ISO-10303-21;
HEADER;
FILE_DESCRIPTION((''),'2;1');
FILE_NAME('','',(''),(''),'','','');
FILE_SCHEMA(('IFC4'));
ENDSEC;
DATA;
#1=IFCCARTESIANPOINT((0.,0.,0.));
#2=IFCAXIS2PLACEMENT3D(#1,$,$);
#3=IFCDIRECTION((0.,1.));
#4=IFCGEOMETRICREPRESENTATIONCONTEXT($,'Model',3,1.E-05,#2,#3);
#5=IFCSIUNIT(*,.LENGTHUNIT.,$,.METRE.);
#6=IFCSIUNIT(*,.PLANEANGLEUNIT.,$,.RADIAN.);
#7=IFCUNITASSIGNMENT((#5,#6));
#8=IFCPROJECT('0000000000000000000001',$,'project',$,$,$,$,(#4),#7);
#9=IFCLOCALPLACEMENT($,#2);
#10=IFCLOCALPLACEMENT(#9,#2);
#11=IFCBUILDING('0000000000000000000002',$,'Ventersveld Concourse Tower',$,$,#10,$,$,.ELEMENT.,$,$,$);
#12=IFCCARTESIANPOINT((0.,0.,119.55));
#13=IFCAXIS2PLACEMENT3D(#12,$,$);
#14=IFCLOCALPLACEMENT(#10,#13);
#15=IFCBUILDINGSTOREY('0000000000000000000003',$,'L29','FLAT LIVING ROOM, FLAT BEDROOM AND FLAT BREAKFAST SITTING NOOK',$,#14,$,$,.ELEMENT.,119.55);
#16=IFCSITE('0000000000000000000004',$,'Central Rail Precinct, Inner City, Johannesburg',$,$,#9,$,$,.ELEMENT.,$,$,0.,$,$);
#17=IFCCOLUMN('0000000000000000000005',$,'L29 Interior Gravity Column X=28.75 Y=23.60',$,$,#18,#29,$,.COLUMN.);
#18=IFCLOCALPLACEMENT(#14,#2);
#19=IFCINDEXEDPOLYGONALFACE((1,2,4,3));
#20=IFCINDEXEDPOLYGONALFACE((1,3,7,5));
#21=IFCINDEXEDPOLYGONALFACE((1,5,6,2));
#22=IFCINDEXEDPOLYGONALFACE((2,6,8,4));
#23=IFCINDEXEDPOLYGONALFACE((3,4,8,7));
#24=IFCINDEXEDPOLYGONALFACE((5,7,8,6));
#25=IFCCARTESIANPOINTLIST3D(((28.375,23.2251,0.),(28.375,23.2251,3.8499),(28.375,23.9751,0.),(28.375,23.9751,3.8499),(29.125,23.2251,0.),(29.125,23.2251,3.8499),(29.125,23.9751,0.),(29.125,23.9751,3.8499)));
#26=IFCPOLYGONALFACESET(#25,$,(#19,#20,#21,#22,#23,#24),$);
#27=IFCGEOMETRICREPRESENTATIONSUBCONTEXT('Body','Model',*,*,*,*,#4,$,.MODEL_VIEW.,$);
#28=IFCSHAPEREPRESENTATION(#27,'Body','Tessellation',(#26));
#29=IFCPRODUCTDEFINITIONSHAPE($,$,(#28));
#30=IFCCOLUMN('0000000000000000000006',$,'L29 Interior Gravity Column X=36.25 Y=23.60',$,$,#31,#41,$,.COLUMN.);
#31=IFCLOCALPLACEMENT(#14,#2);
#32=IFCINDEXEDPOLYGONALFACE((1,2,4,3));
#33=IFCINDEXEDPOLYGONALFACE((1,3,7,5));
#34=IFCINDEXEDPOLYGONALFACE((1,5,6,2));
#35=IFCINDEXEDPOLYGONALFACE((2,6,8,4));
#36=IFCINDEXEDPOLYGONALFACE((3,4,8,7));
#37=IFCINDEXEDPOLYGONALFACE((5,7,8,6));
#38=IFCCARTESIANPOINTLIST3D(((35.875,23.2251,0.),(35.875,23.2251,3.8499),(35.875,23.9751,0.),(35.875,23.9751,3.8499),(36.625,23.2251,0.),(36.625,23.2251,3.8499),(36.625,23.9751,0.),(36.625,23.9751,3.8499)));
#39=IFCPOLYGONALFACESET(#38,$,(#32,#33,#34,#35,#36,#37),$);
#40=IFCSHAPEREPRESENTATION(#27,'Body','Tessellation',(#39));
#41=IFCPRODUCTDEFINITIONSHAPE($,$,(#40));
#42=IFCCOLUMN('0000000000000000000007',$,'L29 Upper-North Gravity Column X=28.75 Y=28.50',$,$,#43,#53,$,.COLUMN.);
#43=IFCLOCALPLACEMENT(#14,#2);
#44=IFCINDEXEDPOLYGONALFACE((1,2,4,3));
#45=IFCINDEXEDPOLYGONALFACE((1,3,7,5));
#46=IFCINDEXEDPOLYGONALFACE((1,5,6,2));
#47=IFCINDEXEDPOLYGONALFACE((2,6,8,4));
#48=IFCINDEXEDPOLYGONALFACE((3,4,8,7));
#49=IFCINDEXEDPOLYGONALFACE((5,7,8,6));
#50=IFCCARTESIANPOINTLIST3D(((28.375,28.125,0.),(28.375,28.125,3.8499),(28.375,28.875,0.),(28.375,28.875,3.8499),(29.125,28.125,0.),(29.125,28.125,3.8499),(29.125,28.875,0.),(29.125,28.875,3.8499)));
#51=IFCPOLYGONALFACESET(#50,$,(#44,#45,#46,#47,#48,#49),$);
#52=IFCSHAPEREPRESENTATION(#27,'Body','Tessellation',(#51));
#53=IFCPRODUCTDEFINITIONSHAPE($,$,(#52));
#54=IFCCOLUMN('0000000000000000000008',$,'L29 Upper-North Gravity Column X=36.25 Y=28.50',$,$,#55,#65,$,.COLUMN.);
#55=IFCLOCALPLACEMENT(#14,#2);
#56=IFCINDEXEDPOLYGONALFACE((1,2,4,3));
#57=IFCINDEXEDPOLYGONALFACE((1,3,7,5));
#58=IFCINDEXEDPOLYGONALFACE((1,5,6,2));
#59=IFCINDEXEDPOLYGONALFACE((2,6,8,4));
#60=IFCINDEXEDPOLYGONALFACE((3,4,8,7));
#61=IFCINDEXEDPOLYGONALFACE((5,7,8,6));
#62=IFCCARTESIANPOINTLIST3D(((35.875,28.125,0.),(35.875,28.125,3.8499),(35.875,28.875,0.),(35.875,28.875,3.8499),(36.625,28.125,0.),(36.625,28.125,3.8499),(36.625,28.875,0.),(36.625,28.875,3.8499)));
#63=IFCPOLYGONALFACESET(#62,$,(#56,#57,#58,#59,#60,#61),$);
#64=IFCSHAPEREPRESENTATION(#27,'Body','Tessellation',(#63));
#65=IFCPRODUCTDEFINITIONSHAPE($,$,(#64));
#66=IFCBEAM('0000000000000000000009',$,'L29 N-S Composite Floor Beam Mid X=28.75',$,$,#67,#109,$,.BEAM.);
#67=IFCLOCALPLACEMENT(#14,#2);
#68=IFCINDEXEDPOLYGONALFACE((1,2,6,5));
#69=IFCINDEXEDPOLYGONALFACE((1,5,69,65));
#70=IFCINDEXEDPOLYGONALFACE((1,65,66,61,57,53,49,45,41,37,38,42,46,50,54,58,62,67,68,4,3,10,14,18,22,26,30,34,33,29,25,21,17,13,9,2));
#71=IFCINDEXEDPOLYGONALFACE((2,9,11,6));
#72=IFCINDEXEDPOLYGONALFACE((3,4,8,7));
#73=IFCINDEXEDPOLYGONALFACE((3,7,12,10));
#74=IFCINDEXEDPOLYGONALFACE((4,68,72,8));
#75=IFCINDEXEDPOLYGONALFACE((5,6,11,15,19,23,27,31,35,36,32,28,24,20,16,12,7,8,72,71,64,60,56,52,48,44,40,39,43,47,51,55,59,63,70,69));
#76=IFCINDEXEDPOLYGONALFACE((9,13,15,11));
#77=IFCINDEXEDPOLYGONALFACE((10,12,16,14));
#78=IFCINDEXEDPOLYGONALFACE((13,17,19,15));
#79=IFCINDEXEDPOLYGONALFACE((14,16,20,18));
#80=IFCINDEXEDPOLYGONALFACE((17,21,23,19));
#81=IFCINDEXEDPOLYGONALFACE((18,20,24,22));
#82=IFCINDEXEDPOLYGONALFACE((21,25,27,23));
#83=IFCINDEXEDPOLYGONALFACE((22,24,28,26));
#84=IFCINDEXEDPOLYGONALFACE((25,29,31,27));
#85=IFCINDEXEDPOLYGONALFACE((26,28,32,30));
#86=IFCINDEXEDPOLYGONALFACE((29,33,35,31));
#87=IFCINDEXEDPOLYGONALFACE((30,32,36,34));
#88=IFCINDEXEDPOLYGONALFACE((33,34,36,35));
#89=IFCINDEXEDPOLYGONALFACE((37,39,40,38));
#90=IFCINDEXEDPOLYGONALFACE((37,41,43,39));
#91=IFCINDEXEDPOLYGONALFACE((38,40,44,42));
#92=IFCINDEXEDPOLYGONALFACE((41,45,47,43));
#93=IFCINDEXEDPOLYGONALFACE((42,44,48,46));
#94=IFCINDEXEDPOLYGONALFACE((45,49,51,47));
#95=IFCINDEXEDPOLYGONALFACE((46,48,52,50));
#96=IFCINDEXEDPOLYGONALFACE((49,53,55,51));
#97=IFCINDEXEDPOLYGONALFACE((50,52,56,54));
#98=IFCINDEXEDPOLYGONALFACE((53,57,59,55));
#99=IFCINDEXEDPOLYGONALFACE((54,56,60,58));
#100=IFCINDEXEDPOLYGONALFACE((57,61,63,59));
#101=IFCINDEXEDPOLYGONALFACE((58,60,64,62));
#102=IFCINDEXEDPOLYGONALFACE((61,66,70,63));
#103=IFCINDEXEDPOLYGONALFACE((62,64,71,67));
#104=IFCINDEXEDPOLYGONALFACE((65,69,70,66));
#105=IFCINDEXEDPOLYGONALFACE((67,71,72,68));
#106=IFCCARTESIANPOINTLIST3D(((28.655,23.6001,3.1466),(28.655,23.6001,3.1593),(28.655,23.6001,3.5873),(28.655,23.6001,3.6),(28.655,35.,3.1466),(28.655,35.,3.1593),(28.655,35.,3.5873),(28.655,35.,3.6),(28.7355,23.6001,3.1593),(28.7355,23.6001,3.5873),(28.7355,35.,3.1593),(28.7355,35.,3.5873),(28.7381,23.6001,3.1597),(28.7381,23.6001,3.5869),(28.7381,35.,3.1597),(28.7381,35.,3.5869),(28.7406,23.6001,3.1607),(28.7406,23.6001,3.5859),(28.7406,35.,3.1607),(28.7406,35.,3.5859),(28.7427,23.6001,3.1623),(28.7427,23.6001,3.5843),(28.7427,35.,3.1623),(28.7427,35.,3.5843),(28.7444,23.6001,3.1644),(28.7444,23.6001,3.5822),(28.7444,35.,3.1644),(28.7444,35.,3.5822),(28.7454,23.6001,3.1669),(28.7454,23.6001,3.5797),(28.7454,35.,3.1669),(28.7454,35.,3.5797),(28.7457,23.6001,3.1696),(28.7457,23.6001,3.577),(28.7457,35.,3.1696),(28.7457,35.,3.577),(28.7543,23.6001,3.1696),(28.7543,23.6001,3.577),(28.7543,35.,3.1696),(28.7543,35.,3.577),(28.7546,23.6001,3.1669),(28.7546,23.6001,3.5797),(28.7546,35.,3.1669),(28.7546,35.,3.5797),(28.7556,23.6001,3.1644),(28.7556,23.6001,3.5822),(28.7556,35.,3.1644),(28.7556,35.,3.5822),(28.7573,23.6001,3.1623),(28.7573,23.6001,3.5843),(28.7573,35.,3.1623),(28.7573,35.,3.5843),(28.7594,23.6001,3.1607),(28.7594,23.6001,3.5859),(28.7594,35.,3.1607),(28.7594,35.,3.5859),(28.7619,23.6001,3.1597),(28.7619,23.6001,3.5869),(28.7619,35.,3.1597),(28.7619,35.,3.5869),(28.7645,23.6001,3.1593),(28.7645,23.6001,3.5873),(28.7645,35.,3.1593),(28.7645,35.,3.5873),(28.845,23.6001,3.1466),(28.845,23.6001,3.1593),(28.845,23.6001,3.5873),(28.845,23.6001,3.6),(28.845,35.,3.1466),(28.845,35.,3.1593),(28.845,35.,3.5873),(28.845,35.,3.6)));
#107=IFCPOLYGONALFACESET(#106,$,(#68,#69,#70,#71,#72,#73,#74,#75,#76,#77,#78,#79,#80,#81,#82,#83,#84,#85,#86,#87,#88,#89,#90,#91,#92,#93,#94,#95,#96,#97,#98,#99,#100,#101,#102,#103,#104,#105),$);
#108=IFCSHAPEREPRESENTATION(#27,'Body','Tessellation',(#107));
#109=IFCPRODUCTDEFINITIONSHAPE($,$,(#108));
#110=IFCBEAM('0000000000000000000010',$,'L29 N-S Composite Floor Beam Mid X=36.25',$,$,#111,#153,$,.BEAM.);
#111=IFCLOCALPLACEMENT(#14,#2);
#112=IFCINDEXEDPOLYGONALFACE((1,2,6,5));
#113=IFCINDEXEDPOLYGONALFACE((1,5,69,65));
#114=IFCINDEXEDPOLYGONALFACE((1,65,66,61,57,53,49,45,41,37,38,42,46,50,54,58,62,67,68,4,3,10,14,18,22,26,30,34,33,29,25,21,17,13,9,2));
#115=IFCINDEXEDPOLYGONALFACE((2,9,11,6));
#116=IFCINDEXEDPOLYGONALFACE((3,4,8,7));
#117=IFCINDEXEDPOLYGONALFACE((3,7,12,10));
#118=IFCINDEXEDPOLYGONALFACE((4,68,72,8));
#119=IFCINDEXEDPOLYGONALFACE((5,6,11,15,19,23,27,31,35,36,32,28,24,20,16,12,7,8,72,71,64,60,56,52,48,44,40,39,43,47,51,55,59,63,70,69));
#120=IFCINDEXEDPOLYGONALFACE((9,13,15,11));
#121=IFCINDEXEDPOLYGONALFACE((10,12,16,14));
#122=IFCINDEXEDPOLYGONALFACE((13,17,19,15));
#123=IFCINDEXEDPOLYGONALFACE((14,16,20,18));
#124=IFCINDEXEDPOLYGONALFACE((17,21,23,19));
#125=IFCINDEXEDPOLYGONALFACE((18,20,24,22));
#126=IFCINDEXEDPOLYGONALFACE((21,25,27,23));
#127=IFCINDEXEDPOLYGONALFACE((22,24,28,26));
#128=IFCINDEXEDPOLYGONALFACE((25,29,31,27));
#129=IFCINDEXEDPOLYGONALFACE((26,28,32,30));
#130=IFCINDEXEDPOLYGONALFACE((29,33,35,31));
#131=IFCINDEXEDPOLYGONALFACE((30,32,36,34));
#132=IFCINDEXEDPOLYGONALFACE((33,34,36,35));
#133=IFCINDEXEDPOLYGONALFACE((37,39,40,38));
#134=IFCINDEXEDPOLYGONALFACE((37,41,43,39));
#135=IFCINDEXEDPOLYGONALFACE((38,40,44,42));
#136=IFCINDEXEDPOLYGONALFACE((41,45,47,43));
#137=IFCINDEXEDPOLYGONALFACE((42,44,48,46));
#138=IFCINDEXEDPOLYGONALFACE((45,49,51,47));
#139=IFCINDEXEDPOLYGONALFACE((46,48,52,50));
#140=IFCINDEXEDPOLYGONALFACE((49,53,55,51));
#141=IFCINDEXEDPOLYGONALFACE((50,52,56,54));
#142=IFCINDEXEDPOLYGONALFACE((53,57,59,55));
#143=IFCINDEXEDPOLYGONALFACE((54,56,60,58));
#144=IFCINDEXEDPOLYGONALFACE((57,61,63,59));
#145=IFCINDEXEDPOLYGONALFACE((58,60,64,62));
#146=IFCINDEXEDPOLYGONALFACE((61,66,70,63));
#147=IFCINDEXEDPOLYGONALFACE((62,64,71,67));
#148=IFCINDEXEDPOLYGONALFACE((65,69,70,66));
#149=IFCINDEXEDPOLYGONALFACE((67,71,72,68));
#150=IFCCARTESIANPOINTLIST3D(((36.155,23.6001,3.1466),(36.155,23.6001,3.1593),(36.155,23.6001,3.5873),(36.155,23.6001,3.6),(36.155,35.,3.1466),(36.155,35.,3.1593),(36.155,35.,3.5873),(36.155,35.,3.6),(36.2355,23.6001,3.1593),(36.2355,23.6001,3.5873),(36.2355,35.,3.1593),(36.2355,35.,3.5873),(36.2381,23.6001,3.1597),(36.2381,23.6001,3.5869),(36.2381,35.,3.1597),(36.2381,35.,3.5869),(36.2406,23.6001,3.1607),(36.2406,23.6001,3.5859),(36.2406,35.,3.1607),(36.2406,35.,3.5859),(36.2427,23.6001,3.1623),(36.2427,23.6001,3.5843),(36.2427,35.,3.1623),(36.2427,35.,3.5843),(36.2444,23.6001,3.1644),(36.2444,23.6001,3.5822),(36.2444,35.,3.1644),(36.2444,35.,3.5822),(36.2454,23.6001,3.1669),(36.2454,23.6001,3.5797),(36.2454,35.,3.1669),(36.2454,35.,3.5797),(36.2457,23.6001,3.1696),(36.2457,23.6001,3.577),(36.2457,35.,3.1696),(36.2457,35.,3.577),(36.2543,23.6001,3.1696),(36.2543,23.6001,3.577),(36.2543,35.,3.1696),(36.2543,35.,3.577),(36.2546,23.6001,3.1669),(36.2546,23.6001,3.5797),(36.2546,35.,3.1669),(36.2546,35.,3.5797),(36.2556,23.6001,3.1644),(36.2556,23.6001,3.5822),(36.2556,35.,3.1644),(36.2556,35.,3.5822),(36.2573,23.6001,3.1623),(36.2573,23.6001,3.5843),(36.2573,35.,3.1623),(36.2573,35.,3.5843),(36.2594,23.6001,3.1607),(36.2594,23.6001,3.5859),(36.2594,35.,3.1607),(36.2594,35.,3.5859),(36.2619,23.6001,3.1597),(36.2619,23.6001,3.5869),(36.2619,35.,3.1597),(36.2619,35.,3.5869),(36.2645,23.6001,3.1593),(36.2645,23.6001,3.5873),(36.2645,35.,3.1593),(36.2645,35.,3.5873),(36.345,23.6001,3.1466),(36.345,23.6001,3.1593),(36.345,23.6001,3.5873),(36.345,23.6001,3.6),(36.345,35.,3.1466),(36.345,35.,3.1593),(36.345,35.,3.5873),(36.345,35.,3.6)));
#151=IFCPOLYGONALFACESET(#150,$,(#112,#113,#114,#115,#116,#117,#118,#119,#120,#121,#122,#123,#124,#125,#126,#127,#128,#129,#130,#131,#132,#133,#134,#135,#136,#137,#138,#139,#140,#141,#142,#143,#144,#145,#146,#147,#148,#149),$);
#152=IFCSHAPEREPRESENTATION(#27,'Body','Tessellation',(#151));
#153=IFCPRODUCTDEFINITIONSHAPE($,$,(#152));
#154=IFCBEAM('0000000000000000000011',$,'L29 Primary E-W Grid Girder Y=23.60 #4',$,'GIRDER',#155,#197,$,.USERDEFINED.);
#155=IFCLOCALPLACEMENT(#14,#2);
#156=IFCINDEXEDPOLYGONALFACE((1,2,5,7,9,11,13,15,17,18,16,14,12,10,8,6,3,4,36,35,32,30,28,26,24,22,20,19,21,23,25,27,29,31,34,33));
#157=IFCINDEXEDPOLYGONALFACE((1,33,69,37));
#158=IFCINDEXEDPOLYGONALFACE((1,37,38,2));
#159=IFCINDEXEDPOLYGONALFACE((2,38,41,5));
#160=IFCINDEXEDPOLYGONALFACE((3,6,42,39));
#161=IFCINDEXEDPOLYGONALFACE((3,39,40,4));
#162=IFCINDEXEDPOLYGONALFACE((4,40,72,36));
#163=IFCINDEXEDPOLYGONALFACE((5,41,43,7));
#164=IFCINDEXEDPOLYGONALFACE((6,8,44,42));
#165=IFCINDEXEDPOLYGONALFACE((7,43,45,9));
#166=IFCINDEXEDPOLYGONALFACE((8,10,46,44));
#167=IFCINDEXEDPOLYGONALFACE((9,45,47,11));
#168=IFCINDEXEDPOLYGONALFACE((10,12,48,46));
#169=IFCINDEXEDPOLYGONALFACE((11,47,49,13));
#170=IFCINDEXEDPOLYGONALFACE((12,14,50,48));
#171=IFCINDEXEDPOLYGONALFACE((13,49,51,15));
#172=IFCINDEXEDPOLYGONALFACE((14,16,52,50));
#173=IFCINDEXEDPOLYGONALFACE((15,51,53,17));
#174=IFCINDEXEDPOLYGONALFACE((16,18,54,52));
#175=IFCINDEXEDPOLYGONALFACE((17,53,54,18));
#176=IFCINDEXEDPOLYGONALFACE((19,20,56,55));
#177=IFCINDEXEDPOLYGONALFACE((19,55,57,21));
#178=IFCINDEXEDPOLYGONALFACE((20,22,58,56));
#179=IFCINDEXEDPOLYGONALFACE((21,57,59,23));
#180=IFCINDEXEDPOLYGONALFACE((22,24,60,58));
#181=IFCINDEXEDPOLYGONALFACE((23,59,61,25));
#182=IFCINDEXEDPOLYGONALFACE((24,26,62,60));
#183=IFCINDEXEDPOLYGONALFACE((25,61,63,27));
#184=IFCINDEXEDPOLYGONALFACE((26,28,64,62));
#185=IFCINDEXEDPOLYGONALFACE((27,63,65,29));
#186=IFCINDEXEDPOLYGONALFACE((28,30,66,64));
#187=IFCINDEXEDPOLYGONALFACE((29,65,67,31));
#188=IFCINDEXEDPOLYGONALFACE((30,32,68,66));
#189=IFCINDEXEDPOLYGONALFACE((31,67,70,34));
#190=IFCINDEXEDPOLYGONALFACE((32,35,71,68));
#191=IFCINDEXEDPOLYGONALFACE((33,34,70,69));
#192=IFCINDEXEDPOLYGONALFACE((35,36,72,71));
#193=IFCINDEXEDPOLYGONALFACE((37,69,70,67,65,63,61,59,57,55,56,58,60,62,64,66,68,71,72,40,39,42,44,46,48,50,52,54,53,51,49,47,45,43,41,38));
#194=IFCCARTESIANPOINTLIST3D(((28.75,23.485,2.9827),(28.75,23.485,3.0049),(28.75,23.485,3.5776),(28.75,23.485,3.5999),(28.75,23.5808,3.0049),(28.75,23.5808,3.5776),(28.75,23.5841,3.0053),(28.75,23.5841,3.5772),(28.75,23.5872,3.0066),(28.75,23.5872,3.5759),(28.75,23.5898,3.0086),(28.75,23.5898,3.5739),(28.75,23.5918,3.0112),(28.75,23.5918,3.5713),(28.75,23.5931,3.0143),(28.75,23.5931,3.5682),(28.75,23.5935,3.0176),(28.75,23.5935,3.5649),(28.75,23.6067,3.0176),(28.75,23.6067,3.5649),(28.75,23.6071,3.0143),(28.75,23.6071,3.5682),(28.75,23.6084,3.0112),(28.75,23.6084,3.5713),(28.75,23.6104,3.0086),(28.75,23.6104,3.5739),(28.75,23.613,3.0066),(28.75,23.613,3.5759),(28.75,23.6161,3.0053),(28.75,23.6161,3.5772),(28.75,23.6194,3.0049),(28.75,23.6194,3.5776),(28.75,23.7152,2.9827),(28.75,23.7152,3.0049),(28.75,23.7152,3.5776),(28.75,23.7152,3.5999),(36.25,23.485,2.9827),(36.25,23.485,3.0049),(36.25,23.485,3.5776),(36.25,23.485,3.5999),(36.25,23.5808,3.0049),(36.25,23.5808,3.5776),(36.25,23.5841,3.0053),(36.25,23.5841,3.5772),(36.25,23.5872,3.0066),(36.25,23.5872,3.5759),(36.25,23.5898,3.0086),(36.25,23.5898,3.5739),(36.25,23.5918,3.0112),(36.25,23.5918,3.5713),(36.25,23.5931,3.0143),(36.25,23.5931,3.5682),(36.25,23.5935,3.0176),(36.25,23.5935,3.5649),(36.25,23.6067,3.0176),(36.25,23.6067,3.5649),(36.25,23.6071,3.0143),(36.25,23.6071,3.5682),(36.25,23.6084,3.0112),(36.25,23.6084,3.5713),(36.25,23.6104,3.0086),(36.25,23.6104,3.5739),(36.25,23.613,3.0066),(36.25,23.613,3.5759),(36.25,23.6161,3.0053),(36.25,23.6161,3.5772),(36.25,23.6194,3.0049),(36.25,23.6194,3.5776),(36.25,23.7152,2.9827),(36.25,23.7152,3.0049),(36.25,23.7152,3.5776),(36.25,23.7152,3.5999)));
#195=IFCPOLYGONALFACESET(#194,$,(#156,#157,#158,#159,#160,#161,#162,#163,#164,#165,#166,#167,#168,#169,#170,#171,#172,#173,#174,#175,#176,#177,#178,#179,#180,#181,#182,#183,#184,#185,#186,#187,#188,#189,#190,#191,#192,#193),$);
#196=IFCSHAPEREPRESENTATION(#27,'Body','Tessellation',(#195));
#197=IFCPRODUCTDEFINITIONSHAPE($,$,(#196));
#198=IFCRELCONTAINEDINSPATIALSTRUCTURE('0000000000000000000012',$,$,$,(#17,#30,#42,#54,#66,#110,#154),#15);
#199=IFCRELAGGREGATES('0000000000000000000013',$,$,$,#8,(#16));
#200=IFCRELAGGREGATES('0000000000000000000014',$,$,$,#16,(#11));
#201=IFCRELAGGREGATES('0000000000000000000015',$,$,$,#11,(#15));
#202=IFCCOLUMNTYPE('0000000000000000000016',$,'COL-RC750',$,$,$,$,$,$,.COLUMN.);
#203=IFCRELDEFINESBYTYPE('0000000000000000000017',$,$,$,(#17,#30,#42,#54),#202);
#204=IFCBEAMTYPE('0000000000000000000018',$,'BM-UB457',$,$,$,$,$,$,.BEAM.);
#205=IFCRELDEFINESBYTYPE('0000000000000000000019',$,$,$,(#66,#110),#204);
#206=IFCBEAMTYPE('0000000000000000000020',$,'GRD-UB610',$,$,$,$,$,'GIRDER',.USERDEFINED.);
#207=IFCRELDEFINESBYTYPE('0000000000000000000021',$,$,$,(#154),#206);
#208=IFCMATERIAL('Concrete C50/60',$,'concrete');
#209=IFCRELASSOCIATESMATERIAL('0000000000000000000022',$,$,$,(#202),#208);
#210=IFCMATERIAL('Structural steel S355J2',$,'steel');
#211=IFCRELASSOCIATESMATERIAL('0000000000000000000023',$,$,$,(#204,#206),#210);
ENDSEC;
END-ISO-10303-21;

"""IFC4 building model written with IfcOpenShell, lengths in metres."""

from ifc_helpers import new_model, si_unit, direction, frame, origin, origin_2d, place, context, subcontext, project, spatial, rectangle, i_section, extrude, material, material_profile, profile_set, type_object, element, save


model = new_model("IFC4")

# Units and contexts
model_context = context("Model", 3, precision=1e-05, world=origin(), true_north=direction((0.0, 1.0)))
body_context = subcontext(model_context, "Body", "Model", "MODEL_VIEW")
ifc_project = project(units=[si_unit("LENGTHUNIT", "METRE"), si_unit("PLANEANGLEUNIT", "RADIAN")], contexts=[model_context])

# Site, building, storey
site_placement = place(None, origin())
site = spatial("IfcSite", under=ifc_project, at=site_placement, Name="Central Rail Precinct, Inner City, Johannesburg", CompositionType="ELEMENT", RefElevation=0.0)
building_placement = place(site_placement, origin())
building = spatial("IfcBuilding", under=site, at=building_placement, Name="Ventersveld Concourse Tower", CompositionType="ELEMENT")
storey_placement = place(building_placement, frame((0.0, 0.0, 119.55)))
storey = spatial("IfcBuildingStorey", under=building, at=storey_placement, Name="L29", Description="FLAT LIVING ROOM, FLAT BEDROOM AND FLAT BREAKFAST SITTING NOOK", CompositionType="ELEMENT", Elevation=119.55)

# Columns
ifc_material_1 = material(Name="Concrete C50/60", Category="concrete")
ifc_material_profile_1 = material_profile(ifc_material_1, rectangle(XDim=0.75, YDim=0.75, at=origin_2d()), Name="RC 750x750")
ifc_profile_set_1 = profile_set([ifc_material_profile_1], Name="Concrete C50/60")
column_type = type_object("IfcColumnType", Name="COL-RC750", PredefinedType="COLUMN", material=ifc_profile_set_1)
for number, where, z_axis, x_axis, name in (
    (1, (28.75, 23.6001, 0.0), (0.0, 0.0, 1.0), (1.0, 0.0, 0.0), "L29 Interior Gravity Column X=28.75 Y=23.60"),
    (2, (36.25, 23.6001, 0.0), (0.0, 0.0, 1.0), (1.0, 0.0, 0.0), "L29 Interior Gravity Column X=36.25 Y=23.60"),
    (3, (28.75, 28.5, 0.0), (0.0, 0.0, 1.0), (1.0, 0.0, 0.0), "L29 Upper-North Gravity Column X=28.75 Y=28.50"),
    (4, (36.25, 28.5, 0.0), (0.0, 0.0, 1.0), (1.0, 0.0, 0.0), "L29 Upper-North Gravity Column X=36.25 Y=28.50"),
):
    element("IfcColumn", number, at=place(storey_placement, frame(where, z_axis=z_axis, x_axis=x_axis)), inside=storey, type_object=column_type, Name=name, PredefinedType="COLUMN", context=body_context, shape_type="SweptSolid", body=[
        extrude(rectangle(XDim=0.75, YDim=0.75, at=origin_2d()), origin(), (0.0, 0.0, 1.0), 3.8499),
    ])

# Beams
ifc_material_2 = material(Name="Structural steel S355J2", Category="steel")
ifc_material_profile_2 = material_profile(ifc_material_2, i_section(OverallWidth=0.1899, OverallDepth=0.4534, WebThickness=0.0085, FlangeThickness=0.0127, FilletRadius=0.0103, at=origin_2d()), Name="UB 457x191x67")
ifc_profile_set_2 = profile_set([ifc_material_profile_2], Name="Structural steel S355J2")
beam_type_1 = type_object("IfcBeamType", Name="BM-UB457", PredefinedType="BEAM", material=ifc_profile_set_2)
for number, where, z_axis, x_axis, name in (
    (5, (28.75, 23.6001, 3.3733), (0.0, 1.0, 0.0), (-1.0, 0.0, 0.0), "L29 N-S Composite Floor Beam Mid X=28.75"),
    (6, (36.25, 23.6001, 3.3733), (0.0, 1.0, 0.0), (-1.0, 0.0, 0.0), "L29 N-S Composite Floor Beam Mid X=36.25"),
):
    element("IfcBeam", number, at=place(storey_placement, frame(where, z_axis=z_axis, x_axis=x_axis)), inside=storey, type_object=beam_type_1, Name=name, PredefinedType="BEAM", context=body_context, shape_type="SweptSolid", body=[
        extrude(i_section(OverallWidth=0.1899, OverallDepth=0.4534, WebThickness=0.0085, FlangeThickness=0.0127, FilletRadius=0.0103, at=origin_2d()), origin(), (0.0, 0.0, 1.0), 11.3999),
    ])
ifc_material_profile_3 = material_profile(ifc_material_2, i_section(OverallWidth=0.2302, OverallDepth=0.6172, WebThickness=0.0132, FlangeThickness=0.0222, FilletRadius=0.0127, at=origin_2d()), Name="UB 610x229x140")
ifc_profile_set_3 = profile_set([ifc_material_profile_3], Name="Structural steel S355J2")
beam_type_2 = type_object("IfcBeamType", Name="GRD-UB610", ElementType="GIRDER", PredefinedType="USERDEFINED", material=ifc_profile_set_3)
for number, where, z_axis, x_axis, name in (
    (7, (28.75, 23.6001, 3.2913), (1.0, 0.0, 0.0), (0.0, 1.0, 0.0), "L29 Primary E-W Grid Girder Y=23.60 #4"),
):
    element("IfcBeam", number, at=place(storey_placement, frame(where, z_axis=z_axis, x_axis=x_axis)), inside=storey, type_object=beam_type_2, Name=name, ObjectType="GIRDER", PredefinedType="USERDEFINED", context=body_context, shape_type="SweptSolid", body=[
        extrude(i_section(OverallWidth=0.2302, OverallDepth=0.6172, WebThickness=0.0132, FlangeThickness=0.0222, FilletRadius=0.0127, at=origin_2d()), origin(), (0.0, 0.0, 1.0), 7.5),
    ])

save(model, "model.ifc")
